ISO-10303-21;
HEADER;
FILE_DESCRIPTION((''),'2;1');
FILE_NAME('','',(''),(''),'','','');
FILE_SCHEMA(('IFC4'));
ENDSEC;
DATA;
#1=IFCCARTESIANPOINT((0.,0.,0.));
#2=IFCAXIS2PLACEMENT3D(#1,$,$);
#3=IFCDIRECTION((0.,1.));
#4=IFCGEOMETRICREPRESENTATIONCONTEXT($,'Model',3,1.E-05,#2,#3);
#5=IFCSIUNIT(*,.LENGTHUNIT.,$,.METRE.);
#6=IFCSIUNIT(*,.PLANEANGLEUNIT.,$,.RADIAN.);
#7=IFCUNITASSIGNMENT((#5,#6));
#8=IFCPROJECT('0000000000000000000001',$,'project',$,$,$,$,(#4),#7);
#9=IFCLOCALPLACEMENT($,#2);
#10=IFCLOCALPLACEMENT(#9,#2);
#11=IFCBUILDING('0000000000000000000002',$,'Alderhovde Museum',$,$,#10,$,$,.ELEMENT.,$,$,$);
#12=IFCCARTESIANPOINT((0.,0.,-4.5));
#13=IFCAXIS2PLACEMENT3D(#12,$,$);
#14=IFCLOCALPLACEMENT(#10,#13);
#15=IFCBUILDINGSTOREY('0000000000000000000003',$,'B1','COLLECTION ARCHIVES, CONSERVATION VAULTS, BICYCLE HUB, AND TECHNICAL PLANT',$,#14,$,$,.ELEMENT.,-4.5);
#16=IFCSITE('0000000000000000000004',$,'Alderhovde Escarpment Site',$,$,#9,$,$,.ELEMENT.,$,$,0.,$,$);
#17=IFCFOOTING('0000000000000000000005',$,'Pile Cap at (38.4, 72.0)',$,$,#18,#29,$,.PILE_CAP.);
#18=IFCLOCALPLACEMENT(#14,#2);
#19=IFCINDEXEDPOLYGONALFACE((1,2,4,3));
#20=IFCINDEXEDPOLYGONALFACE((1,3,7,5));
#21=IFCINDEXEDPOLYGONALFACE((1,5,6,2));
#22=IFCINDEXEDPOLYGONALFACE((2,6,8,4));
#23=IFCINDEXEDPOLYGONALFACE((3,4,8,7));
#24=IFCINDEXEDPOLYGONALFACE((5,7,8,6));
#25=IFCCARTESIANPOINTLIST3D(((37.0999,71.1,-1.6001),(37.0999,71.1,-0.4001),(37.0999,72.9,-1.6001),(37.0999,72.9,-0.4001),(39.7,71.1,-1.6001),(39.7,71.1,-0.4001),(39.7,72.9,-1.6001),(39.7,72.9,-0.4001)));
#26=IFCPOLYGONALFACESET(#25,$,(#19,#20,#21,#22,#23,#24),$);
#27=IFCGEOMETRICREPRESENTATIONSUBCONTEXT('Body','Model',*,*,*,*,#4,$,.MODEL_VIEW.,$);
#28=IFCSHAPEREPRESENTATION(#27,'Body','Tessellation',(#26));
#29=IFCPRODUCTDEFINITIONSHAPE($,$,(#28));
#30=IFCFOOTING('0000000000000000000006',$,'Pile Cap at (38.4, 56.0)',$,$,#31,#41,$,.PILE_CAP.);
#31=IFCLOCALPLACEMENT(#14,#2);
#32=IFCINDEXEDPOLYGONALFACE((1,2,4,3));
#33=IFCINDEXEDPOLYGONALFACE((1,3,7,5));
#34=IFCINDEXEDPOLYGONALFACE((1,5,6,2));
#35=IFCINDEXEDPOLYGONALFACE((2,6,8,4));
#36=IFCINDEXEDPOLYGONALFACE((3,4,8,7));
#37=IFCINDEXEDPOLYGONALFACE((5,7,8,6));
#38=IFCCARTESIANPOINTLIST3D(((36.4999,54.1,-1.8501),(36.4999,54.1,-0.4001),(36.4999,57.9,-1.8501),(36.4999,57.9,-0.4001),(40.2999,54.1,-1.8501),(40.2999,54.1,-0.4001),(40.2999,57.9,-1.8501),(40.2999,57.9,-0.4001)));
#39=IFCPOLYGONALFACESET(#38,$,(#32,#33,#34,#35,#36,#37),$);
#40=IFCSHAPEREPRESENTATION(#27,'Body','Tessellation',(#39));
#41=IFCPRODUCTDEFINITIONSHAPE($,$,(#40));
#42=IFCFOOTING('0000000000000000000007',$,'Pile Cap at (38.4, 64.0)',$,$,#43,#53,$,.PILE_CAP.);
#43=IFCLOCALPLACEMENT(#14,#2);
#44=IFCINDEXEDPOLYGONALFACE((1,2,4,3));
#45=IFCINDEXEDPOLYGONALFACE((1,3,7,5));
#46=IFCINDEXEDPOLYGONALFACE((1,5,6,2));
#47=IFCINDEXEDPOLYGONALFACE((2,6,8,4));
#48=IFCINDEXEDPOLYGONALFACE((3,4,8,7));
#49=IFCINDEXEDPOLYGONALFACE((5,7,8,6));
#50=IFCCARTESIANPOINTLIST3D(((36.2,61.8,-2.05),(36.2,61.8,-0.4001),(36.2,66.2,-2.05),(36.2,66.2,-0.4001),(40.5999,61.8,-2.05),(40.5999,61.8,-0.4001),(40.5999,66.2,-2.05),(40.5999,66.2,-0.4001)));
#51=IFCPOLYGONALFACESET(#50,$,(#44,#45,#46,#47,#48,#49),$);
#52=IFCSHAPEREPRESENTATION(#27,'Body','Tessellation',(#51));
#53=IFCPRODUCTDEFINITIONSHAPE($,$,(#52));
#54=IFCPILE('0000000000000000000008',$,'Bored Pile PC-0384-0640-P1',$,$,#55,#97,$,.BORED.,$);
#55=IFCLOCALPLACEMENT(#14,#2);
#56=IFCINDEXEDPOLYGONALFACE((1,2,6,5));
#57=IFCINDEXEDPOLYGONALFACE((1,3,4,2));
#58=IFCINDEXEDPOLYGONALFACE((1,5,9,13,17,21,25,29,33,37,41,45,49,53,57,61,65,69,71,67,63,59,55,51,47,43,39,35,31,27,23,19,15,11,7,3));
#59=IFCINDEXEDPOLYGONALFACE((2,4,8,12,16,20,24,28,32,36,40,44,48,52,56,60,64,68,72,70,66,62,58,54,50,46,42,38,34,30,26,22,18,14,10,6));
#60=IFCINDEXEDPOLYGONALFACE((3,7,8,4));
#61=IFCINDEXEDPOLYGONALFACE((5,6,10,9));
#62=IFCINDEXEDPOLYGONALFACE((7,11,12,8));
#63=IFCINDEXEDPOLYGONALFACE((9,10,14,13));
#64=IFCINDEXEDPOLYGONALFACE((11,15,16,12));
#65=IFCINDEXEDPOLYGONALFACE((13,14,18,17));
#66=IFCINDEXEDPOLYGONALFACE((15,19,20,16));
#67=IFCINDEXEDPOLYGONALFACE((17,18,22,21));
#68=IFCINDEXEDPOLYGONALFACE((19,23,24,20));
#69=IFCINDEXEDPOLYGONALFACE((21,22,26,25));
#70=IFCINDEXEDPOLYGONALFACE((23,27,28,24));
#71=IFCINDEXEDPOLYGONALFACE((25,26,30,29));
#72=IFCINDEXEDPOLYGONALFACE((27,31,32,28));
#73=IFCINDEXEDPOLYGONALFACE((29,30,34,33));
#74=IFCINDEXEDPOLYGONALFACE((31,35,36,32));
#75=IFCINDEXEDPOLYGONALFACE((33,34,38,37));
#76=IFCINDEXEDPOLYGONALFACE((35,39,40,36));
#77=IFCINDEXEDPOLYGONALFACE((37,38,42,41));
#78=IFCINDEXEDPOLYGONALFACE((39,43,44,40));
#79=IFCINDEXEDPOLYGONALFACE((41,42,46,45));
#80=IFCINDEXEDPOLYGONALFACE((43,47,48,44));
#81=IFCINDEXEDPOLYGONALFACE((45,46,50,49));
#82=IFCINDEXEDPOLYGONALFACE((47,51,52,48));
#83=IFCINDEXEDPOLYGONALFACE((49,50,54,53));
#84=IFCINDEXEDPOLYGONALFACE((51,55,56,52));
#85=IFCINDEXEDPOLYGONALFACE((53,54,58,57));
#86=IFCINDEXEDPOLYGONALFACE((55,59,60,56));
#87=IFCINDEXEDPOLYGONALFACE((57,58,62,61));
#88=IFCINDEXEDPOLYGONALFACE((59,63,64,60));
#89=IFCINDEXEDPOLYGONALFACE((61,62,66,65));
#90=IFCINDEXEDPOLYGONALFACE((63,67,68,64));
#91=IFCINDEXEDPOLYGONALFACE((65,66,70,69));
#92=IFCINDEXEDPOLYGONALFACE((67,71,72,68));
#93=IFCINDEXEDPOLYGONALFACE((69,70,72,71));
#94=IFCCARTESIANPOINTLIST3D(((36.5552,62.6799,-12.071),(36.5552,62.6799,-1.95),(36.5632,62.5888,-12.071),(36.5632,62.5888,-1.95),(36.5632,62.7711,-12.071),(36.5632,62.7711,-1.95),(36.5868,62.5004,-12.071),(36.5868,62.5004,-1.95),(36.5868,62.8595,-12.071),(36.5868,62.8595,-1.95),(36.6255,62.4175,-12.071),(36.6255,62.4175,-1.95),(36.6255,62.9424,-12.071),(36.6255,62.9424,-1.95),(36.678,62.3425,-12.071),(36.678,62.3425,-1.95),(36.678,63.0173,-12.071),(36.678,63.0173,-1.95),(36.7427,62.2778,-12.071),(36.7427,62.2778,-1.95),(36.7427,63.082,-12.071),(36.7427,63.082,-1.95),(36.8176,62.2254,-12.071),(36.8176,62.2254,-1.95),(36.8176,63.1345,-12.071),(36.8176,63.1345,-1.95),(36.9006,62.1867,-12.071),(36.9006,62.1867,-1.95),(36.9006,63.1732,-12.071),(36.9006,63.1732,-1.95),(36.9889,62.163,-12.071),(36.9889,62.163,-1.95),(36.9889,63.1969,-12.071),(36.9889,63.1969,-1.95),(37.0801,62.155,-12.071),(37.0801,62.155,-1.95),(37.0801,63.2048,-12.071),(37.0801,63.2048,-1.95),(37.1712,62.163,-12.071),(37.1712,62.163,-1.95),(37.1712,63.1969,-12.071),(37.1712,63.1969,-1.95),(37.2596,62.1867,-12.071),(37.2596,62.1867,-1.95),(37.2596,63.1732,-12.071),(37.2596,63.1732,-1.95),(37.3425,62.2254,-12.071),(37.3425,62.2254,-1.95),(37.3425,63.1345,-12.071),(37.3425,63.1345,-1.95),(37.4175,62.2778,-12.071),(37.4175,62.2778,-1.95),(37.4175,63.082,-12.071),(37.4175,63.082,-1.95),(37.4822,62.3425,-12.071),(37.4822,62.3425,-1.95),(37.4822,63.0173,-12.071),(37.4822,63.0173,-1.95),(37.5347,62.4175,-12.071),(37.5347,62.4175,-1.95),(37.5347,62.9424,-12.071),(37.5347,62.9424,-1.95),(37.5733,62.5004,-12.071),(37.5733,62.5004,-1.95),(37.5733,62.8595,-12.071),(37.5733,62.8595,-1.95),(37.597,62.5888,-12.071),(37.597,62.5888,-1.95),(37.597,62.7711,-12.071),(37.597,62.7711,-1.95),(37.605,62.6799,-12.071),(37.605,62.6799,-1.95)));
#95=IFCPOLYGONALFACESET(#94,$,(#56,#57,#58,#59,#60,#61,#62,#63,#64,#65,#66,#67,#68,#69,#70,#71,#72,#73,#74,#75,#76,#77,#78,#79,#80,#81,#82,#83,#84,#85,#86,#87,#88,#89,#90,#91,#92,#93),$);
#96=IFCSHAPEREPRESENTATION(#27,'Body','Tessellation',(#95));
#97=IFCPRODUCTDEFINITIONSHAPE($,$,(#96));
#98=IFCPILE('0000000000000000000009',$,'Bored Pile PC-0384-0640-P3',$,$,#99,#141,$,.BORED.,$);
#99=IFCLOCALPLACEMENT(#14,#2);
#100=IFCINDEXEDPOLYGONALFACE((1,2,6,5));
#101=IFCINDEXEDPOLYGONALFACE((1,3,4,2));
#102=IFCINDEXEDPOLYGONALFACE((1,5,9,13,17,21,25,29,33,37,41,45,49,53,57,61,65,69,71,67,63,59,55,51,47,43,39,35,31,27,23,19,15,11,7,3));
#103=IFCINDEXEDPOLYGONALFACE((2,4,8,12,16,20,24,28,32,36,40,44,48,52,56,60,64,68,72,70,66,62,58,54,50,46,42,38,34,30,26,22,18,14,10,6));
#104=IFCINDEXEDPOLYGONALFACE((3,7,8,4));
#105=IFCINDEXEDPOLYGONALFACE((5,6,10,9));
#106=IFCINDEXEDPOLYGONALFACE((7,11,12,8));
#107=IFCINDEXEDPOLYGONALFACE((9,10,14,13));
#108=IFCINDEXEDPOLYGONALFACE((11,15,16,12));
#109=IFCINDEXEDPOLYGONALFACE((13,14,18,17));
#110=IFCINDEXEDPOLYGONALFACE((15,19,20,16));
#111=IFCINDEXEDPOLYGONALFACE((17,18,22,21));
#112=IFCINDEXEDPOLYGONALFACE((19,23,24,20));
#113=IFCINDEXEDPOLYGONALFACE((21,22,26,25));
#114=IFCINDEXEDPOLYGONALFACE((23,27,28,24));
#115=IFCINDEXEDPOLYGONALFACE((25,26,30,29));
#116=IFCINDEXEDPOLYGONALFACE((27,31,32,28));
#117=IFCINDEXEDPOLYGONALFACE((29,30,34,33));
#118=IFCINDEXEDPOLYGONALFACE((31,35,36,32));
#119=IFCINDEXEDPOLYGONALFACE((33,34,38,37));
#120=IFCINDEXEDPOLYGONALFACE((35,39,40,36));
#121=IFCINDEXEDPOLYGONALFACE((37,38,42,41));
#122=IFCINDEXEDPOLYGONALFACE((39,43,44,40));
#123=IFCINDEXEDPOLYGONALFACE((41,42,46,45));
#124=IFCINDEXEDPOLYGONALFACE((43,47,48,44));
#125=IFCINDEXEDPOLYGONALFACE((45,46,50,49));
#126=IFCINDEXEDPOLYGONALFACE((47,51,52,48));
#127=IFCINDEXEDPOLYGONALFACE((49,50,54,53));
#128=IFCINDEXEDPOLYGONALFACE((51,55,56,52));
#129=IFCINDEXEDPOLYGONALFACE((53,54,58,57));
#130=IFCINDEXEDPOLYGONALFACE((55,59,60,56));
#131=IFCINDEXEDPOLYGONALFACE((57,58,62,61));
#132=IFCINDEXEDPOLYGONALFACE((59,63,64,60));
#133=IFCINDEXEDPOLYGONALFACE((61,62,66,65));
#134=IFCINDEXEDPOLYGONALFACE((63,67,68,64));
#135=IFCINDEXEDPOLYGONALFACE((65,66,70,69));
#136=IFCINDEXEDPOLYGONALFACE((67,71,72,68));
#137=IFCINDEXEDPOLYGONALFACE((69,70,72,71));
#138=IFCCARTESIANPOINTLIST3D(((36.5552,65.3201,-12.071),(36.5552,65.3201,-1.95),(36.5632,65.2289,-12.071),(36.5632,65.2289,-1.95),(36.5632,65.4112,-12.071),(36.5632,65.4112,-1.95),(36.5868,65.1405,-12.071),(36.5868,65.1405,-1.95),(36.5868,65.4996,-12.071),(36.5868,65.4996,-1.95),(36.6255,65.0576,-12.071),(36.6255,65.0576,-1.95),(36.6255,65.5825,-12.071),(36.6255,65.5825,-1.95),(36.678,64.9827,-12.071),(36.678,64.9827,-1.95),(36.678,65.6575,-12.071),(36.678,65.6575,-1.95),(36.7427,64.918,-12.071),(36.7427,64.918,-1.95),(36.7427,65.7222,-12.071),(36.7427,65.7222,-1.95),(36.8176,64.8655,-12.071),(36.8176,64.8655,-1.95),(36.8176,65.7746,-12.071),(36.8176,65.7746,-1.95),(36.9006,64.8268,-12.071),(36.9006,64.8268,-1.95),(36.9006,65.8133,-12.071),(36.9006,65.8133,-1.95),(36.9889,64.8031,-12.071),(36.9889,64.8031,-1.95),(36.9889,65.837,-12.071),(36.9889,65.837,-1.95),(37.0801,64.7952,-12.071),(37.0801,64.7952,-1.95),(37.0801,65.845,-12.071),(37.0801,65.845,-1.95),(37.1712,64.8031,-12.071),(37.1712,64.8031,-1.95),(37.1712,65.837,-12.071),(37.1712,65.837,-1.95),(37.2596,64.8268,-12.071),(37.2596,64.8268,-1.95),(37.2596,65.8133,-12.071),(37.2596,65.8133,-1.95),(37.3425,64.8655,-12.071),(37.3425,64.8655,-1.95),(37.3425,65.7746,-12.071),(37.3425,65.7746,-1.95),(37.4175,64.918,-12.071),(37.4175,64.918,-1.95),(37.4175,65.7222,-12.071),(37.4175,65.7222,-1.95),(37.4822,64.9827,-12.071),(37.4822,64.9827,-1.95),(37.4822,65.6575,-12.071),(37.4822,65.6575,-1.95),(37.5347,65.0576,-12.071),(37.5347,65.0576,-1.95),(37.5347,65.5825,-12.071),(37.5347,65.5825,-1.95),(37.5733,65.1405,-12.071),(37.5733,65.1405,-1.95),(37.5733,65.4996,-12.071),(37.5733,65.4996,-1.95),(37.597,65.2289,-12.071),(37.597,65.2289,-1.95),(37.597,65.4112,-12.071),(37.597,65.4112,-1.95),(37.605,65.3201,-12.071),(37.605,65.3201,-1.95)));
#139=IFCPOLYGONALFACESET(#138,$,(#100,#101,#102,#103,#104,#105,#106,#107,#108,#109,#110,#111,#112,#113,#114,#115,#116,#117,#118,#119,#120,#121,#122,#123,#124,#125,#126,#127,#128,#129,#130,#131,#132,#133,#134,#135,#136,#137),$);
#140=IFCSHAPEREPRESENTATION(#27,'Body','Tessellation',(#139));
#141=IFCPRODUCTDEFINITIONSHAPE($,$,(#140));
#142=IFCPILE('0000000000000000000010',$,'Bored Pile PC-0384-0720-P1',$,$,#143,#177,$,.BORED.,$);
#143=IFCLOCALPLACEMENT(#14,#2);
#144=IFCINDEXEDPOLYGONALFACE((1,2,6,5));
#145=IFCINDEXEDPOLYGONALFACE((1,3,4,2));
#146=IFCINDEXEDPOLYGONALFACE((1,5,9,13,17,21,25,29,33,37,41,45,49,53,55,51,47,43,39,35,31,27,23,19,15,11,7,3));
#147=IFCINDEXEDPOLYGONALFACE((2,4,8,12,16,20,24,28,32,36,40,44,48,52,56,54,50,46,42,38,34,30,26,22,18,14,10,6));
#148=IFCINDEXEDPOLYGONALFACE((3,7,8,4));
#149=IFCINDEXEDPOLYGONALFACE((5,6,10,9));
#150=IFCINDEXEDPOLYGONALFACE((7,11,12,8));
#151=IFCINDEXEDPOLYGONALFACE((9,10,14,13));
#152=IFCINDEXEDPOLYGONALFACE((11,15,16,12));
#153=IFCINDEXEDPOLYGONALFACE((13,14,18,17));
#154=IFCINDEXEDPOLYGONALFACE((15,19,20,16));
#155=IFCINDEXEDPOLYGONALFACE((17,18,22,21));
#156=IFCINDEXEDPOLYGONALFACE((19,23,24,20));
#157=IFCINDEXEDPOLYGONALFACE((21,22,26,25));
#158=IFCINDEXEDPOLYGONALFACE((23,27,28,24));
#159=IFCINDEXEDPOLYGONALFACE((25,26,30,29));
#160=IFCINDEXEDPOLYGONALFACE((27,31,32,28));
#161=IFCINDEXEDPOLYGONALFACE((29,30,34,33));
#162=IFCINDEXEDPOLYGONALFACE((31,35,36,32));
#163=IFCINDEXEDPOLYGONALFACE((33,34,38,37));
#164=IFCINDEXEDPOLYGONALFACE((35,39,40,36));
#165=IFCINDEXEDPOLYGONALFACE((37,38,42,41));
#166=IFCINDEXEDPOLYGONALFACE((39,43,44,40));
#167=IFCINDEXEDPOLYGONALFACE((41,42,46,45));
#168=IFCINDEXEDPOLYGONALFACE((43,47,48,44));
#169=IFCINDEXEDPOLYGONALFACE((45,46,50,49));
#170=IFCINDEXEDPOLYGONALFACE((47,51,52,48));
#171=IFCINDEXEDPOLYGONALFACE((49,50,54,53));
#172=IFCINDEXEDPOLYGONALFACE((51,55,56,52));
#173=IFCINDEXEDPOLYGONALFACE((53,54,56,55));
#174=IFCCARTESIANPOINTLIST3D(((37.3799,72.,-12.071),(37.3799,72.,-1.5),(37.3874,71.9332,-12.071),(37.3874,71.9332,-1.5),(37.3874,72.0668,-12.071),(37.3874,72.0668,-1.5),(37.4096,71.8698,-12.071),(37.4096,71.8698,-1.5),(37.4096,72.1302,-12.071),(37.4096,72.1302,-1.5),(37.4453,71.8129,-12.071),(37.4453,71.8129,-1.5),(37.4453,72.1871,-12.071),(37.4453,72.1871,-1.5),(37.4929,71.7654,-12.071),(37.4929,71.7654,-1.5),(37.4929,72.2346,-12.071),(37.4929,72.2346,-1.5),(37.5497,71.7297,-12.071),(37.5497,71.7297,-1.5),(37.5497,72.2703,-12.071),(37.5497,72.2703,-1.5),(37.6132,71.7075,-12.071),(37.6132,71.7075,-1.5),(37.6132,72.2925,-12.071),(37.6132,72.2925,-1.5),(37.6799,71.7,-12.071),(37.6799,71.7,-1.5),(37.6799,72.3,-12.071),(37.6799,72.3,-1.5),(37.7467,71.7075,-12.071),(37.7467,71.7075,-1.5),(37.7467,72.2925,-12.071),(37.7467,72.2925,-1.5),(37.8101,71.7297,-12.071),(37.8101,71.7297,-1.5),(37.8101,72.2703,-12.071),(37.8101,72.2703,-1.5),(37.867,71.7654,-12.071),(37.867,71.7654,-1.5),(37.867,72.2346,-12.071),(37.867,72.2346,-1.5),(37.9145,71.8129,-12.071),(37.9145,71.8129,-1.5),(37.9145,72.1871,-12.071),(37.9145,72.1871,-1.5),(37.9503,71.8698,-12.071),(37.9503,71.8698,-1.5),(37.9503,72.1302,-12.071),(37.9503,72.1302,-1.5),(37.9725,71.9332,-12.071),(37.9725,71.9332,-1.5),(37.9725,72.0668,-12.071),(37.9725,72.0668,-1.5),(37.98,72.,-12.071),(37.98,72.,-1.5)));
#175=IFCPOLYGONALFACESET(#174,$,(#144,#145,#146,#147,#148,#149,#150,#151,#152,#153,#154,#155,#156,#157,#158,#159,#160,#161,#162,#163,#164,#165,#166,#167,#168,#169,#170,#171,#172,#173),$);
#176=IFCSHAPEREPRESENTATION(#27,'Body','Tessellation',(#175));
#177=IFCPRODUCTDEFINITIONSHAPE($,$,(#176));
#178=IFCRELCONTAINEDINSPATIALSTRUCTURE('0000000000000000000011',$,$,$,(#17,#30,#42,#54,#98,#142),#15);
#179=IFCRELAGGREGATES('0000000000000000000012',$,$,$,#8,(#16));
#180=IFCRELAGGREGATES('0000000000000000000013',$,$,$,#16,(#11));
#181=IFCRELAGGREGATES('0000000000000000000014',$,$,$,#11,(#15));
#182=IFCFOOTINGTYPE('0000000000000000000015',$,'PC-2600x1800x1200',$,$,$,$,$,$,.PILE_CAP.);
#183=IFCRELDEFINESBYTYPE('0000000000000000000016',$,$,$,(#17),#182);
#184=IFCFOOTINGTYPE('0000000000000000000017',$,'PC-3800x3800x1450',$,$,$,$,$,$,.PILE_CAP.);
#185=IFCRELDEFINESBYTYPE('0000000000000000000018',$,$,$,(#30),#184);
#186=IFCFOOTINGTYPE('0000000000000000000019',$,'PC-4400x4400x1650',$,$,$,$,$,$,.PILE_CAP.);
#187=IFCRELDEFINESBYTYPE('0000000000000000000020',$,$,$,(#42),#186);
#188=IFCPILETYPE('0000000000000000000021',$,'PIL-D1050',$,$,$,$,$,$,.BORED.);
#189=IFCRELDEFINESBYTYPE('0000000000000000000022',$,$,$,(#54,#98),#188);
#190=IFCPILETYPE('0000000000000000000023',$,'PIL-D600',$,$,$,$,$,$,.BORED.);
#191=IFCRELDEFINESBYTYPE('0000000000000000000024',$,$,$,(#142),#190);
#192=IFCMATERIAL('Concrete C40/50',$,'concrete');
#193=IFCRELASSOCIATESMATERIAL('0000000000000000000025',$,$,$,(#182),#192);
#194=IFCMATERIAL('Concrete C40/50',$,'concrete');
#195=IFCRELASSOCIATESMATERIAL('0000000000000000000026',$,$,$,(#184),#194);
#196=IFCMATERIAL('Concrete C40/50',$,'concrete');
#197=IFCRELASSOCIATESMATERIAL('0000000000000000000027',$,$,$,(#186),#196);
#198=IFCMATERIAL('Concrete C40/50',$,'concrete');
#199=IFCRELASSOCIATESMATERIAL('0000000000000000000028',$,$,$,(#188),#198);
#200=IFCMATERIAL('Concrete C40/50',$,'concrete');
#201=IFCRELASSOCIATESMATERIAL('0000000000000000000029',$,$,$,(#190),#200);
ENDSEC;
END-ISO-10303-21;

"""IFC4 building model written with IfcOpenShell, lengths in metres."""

from ifc_helpers import new_model, si_unit, direction, frame, origin, origin_2d, place, context, subcontext, project, spatial, rectangle, circle, extrude, material, material_profile, profile_set, type_object, element, save


model = new_model("IFC4")

# Units and contexts
model_context = context("Model", 3, precision=1e-05, world=origin(), true_north=direction((0.0, 1.0)))
body_context = subcontext(model_context, "Body", "Model", "MODEL_VIEW")
ifc_project = project(units=[si_unit("LENGTHUNIT", "METRE"), si_unit("PLANEANGLEUNIT", "RADIAN")], contexts=[model_context])

# Site, building, storey
site_placement = place(None, origin())
site = spatial("IfcSite", under=ifc_project, at=site_placement, Name="Alderhovde Escarpment Site", CompositionType="ELEMENT", RefElevation=0.0)
building_placement = place(site_placement, origin())
building = spatial("IfcBuilding", under=site, at=building_placement, Name="Alderhovde Museum", CompositionType="ELEMENT")
storey_placement = place(building_placement, frame((0.0, 0.0, -4.5)))
storey = spatial("IfcBuildingStorey", under=building, at=storey_placement, Name="B1", Description="COLLECTION ARCHIVES, CONSERVATION VAULTS, BICYCLE HUB, AND TECHNICAL PLANT", CompositionType="ELEMENT", Elevation=-4.5)

# Footings
ifc_material_1 = material(Name="Concrete C40/50", Category="concrete")
footing_type_1 = type_object("IfcFootingType", Name="PC-2600x1800x1200", PredefinedType="PILE_CAP", material=ifc_material_1)
footing_1_placement = place(storey_placement, frame((38.3999, 72.0, -1.6001), z_axis=(0.0, 0.0, 1.0), x_axis=(1.0, 0.0, 0.0)))
element("IfcFooting", 1, at=footing_1_placement, inside=storey, type_object=footing_type_1, Name="Pile Cap at (38.4, 72.0)", PredefinedType="PILE_CAP", context=body_context, shape_type="SweptSolid", body=[
    extrude(rectangle(XDim=2.6001, YDim=1.8, at=origin_2d()), origin(), (0.0, 0.0, 1.0), 1.2),
])
ifc_material_2 = material(Name="Concrete C40/50", Category="concrete")
footing_type_2 = type_object("IfcFootingType", Name="PC-3800x3800x1450", PredefinedType="PILE_CAP", material=ifc_material_2)
footing_2_placement = place(storey_placement, frame((38.3999, 56.0, -1.8501), z_axis=(0.0, 0.0, 1.0), x_axis=(1.0, 0.0, 0.0)))
element("IfcFooting", 2, at=footing_2_placement, inside=storey, type_object=footing_type_2, Name="Pile Cap at (38.4, 56.0)", PredefinedType="PILE_CAP", context=body_context, shape_type="SweptSolid", body=[
    extrude(rectangle(XDim=3.8, YDim=3.8, at=origin_2d()), origin(), (0.0, 0.0, 1.0), 1.45),
])
ifc_material_3 = material(Name="Concrete C40/50", Category="concrete")
footing_type_3 = type_object("IfcFootingType", Name="PC-4400x4400x1650", PredefinedType="PILE_CAP", material=ifc_material_3)
footing_3_placement = place(storey_placement, frame((38.3999, 64.0, -2.05), z_axis=(0.0, 0.0, 1.0), x_axis=(1.0, 0.0, 0.0)))
element("IfcFooting", 3, at=footing_3_placement, inside=storey, type_object=footing_type_3, Name="Pile Cap at (38.4, 64.0)", PredefinedType="PILE_CAP", context=body_context, shape_type="SweptSolid", body=[
    extrude(rectangle(XDim=4.3999, YDim=4.3999, at=origin_2d()), origin(), (0.0, 0.0, 1.0), 1.6499),
])

# Piles
ifc_material_4 = material(Name="Concrete C40/50", Category="concrete")
ifc_material_profile_1 = material_profile(ifc_material_4, circle(Radius=0.5249, at=origin_2d()), Name="PILE-D1050")
ifc_profile_set_1 = profile_set([ifc_material_profile_1], Name="Concrete C40/50")
pile_type_1 = type_object("IfcPileType", Name="PIL-D1050", PredefinedType="BORED", material=ifc_profile_set_1)
for number, where, z_axis, x_axis, name in (
    (4, (37.0801, 62.6799, -1.95), (0.0, 0.0, -1.0), (1.0, 0.0, 0.0), "Bored Pile PC-0384-0640-P1"),
    (5, (37.0801, 65.3201, -1.95), (0.0, 0.0, -1.0), (1.0, 0.0, 0.0), "Bored Pile PC-0384-0640-P3"),
):
    element("IfcPile", number, at=place(storey_placement, frame(where, z_axis=z_axis, x_axis=x_axis)), inside=storey, type_object=pile_type_1, Name=name, PredefinedType="BORED", context=body_context, shape_type="SweptSolid", body=[
        extrude(circle(Radius=0.5249, at=origin_2d()), origin(), (0.0, 0.0, 1.0), 10.1211),
    ])
ifc_material_5 = material(Name="Concrete C40/50", Category="concrete")
ifc_material_profile_2 = material_profile(ifc_material_5, circle(Radius=0.3, at=origin_2d()), Name="PILE-D600")
ifc_profile_set_2 = profile_set([ifc_material_profile_2], Name="Concrete C40/50")
pile_type_2 = type_object("IfcPileType", Name="PIL-D600", PredefinedType="BORED", material=ifc_profile_set_2)
for number, where, z_axis, x_axis, name in (
    (6, (37.6799, 72.0, -1.5), (0.0, 0.0, -1.0), (1.0, 0.0, 0.0), "Bored Pile PC-0384-0720-P1"),
):
    element("IfcPile", number, at=place(storey_placement, frame(where, z_axis=z_axis, x_axis=x_axis)), inside=storey, type_object=pile_type_2, Name=name, PredefinedType="BORED", context=body_context, shape_type="SweptSolid", body=[
        extrude(circle(Radius=0.3, at=origin_2d()), origin(), (0.0, 0.0, 1.0), 10.571),
    ])

save(model, "model.ifc")
